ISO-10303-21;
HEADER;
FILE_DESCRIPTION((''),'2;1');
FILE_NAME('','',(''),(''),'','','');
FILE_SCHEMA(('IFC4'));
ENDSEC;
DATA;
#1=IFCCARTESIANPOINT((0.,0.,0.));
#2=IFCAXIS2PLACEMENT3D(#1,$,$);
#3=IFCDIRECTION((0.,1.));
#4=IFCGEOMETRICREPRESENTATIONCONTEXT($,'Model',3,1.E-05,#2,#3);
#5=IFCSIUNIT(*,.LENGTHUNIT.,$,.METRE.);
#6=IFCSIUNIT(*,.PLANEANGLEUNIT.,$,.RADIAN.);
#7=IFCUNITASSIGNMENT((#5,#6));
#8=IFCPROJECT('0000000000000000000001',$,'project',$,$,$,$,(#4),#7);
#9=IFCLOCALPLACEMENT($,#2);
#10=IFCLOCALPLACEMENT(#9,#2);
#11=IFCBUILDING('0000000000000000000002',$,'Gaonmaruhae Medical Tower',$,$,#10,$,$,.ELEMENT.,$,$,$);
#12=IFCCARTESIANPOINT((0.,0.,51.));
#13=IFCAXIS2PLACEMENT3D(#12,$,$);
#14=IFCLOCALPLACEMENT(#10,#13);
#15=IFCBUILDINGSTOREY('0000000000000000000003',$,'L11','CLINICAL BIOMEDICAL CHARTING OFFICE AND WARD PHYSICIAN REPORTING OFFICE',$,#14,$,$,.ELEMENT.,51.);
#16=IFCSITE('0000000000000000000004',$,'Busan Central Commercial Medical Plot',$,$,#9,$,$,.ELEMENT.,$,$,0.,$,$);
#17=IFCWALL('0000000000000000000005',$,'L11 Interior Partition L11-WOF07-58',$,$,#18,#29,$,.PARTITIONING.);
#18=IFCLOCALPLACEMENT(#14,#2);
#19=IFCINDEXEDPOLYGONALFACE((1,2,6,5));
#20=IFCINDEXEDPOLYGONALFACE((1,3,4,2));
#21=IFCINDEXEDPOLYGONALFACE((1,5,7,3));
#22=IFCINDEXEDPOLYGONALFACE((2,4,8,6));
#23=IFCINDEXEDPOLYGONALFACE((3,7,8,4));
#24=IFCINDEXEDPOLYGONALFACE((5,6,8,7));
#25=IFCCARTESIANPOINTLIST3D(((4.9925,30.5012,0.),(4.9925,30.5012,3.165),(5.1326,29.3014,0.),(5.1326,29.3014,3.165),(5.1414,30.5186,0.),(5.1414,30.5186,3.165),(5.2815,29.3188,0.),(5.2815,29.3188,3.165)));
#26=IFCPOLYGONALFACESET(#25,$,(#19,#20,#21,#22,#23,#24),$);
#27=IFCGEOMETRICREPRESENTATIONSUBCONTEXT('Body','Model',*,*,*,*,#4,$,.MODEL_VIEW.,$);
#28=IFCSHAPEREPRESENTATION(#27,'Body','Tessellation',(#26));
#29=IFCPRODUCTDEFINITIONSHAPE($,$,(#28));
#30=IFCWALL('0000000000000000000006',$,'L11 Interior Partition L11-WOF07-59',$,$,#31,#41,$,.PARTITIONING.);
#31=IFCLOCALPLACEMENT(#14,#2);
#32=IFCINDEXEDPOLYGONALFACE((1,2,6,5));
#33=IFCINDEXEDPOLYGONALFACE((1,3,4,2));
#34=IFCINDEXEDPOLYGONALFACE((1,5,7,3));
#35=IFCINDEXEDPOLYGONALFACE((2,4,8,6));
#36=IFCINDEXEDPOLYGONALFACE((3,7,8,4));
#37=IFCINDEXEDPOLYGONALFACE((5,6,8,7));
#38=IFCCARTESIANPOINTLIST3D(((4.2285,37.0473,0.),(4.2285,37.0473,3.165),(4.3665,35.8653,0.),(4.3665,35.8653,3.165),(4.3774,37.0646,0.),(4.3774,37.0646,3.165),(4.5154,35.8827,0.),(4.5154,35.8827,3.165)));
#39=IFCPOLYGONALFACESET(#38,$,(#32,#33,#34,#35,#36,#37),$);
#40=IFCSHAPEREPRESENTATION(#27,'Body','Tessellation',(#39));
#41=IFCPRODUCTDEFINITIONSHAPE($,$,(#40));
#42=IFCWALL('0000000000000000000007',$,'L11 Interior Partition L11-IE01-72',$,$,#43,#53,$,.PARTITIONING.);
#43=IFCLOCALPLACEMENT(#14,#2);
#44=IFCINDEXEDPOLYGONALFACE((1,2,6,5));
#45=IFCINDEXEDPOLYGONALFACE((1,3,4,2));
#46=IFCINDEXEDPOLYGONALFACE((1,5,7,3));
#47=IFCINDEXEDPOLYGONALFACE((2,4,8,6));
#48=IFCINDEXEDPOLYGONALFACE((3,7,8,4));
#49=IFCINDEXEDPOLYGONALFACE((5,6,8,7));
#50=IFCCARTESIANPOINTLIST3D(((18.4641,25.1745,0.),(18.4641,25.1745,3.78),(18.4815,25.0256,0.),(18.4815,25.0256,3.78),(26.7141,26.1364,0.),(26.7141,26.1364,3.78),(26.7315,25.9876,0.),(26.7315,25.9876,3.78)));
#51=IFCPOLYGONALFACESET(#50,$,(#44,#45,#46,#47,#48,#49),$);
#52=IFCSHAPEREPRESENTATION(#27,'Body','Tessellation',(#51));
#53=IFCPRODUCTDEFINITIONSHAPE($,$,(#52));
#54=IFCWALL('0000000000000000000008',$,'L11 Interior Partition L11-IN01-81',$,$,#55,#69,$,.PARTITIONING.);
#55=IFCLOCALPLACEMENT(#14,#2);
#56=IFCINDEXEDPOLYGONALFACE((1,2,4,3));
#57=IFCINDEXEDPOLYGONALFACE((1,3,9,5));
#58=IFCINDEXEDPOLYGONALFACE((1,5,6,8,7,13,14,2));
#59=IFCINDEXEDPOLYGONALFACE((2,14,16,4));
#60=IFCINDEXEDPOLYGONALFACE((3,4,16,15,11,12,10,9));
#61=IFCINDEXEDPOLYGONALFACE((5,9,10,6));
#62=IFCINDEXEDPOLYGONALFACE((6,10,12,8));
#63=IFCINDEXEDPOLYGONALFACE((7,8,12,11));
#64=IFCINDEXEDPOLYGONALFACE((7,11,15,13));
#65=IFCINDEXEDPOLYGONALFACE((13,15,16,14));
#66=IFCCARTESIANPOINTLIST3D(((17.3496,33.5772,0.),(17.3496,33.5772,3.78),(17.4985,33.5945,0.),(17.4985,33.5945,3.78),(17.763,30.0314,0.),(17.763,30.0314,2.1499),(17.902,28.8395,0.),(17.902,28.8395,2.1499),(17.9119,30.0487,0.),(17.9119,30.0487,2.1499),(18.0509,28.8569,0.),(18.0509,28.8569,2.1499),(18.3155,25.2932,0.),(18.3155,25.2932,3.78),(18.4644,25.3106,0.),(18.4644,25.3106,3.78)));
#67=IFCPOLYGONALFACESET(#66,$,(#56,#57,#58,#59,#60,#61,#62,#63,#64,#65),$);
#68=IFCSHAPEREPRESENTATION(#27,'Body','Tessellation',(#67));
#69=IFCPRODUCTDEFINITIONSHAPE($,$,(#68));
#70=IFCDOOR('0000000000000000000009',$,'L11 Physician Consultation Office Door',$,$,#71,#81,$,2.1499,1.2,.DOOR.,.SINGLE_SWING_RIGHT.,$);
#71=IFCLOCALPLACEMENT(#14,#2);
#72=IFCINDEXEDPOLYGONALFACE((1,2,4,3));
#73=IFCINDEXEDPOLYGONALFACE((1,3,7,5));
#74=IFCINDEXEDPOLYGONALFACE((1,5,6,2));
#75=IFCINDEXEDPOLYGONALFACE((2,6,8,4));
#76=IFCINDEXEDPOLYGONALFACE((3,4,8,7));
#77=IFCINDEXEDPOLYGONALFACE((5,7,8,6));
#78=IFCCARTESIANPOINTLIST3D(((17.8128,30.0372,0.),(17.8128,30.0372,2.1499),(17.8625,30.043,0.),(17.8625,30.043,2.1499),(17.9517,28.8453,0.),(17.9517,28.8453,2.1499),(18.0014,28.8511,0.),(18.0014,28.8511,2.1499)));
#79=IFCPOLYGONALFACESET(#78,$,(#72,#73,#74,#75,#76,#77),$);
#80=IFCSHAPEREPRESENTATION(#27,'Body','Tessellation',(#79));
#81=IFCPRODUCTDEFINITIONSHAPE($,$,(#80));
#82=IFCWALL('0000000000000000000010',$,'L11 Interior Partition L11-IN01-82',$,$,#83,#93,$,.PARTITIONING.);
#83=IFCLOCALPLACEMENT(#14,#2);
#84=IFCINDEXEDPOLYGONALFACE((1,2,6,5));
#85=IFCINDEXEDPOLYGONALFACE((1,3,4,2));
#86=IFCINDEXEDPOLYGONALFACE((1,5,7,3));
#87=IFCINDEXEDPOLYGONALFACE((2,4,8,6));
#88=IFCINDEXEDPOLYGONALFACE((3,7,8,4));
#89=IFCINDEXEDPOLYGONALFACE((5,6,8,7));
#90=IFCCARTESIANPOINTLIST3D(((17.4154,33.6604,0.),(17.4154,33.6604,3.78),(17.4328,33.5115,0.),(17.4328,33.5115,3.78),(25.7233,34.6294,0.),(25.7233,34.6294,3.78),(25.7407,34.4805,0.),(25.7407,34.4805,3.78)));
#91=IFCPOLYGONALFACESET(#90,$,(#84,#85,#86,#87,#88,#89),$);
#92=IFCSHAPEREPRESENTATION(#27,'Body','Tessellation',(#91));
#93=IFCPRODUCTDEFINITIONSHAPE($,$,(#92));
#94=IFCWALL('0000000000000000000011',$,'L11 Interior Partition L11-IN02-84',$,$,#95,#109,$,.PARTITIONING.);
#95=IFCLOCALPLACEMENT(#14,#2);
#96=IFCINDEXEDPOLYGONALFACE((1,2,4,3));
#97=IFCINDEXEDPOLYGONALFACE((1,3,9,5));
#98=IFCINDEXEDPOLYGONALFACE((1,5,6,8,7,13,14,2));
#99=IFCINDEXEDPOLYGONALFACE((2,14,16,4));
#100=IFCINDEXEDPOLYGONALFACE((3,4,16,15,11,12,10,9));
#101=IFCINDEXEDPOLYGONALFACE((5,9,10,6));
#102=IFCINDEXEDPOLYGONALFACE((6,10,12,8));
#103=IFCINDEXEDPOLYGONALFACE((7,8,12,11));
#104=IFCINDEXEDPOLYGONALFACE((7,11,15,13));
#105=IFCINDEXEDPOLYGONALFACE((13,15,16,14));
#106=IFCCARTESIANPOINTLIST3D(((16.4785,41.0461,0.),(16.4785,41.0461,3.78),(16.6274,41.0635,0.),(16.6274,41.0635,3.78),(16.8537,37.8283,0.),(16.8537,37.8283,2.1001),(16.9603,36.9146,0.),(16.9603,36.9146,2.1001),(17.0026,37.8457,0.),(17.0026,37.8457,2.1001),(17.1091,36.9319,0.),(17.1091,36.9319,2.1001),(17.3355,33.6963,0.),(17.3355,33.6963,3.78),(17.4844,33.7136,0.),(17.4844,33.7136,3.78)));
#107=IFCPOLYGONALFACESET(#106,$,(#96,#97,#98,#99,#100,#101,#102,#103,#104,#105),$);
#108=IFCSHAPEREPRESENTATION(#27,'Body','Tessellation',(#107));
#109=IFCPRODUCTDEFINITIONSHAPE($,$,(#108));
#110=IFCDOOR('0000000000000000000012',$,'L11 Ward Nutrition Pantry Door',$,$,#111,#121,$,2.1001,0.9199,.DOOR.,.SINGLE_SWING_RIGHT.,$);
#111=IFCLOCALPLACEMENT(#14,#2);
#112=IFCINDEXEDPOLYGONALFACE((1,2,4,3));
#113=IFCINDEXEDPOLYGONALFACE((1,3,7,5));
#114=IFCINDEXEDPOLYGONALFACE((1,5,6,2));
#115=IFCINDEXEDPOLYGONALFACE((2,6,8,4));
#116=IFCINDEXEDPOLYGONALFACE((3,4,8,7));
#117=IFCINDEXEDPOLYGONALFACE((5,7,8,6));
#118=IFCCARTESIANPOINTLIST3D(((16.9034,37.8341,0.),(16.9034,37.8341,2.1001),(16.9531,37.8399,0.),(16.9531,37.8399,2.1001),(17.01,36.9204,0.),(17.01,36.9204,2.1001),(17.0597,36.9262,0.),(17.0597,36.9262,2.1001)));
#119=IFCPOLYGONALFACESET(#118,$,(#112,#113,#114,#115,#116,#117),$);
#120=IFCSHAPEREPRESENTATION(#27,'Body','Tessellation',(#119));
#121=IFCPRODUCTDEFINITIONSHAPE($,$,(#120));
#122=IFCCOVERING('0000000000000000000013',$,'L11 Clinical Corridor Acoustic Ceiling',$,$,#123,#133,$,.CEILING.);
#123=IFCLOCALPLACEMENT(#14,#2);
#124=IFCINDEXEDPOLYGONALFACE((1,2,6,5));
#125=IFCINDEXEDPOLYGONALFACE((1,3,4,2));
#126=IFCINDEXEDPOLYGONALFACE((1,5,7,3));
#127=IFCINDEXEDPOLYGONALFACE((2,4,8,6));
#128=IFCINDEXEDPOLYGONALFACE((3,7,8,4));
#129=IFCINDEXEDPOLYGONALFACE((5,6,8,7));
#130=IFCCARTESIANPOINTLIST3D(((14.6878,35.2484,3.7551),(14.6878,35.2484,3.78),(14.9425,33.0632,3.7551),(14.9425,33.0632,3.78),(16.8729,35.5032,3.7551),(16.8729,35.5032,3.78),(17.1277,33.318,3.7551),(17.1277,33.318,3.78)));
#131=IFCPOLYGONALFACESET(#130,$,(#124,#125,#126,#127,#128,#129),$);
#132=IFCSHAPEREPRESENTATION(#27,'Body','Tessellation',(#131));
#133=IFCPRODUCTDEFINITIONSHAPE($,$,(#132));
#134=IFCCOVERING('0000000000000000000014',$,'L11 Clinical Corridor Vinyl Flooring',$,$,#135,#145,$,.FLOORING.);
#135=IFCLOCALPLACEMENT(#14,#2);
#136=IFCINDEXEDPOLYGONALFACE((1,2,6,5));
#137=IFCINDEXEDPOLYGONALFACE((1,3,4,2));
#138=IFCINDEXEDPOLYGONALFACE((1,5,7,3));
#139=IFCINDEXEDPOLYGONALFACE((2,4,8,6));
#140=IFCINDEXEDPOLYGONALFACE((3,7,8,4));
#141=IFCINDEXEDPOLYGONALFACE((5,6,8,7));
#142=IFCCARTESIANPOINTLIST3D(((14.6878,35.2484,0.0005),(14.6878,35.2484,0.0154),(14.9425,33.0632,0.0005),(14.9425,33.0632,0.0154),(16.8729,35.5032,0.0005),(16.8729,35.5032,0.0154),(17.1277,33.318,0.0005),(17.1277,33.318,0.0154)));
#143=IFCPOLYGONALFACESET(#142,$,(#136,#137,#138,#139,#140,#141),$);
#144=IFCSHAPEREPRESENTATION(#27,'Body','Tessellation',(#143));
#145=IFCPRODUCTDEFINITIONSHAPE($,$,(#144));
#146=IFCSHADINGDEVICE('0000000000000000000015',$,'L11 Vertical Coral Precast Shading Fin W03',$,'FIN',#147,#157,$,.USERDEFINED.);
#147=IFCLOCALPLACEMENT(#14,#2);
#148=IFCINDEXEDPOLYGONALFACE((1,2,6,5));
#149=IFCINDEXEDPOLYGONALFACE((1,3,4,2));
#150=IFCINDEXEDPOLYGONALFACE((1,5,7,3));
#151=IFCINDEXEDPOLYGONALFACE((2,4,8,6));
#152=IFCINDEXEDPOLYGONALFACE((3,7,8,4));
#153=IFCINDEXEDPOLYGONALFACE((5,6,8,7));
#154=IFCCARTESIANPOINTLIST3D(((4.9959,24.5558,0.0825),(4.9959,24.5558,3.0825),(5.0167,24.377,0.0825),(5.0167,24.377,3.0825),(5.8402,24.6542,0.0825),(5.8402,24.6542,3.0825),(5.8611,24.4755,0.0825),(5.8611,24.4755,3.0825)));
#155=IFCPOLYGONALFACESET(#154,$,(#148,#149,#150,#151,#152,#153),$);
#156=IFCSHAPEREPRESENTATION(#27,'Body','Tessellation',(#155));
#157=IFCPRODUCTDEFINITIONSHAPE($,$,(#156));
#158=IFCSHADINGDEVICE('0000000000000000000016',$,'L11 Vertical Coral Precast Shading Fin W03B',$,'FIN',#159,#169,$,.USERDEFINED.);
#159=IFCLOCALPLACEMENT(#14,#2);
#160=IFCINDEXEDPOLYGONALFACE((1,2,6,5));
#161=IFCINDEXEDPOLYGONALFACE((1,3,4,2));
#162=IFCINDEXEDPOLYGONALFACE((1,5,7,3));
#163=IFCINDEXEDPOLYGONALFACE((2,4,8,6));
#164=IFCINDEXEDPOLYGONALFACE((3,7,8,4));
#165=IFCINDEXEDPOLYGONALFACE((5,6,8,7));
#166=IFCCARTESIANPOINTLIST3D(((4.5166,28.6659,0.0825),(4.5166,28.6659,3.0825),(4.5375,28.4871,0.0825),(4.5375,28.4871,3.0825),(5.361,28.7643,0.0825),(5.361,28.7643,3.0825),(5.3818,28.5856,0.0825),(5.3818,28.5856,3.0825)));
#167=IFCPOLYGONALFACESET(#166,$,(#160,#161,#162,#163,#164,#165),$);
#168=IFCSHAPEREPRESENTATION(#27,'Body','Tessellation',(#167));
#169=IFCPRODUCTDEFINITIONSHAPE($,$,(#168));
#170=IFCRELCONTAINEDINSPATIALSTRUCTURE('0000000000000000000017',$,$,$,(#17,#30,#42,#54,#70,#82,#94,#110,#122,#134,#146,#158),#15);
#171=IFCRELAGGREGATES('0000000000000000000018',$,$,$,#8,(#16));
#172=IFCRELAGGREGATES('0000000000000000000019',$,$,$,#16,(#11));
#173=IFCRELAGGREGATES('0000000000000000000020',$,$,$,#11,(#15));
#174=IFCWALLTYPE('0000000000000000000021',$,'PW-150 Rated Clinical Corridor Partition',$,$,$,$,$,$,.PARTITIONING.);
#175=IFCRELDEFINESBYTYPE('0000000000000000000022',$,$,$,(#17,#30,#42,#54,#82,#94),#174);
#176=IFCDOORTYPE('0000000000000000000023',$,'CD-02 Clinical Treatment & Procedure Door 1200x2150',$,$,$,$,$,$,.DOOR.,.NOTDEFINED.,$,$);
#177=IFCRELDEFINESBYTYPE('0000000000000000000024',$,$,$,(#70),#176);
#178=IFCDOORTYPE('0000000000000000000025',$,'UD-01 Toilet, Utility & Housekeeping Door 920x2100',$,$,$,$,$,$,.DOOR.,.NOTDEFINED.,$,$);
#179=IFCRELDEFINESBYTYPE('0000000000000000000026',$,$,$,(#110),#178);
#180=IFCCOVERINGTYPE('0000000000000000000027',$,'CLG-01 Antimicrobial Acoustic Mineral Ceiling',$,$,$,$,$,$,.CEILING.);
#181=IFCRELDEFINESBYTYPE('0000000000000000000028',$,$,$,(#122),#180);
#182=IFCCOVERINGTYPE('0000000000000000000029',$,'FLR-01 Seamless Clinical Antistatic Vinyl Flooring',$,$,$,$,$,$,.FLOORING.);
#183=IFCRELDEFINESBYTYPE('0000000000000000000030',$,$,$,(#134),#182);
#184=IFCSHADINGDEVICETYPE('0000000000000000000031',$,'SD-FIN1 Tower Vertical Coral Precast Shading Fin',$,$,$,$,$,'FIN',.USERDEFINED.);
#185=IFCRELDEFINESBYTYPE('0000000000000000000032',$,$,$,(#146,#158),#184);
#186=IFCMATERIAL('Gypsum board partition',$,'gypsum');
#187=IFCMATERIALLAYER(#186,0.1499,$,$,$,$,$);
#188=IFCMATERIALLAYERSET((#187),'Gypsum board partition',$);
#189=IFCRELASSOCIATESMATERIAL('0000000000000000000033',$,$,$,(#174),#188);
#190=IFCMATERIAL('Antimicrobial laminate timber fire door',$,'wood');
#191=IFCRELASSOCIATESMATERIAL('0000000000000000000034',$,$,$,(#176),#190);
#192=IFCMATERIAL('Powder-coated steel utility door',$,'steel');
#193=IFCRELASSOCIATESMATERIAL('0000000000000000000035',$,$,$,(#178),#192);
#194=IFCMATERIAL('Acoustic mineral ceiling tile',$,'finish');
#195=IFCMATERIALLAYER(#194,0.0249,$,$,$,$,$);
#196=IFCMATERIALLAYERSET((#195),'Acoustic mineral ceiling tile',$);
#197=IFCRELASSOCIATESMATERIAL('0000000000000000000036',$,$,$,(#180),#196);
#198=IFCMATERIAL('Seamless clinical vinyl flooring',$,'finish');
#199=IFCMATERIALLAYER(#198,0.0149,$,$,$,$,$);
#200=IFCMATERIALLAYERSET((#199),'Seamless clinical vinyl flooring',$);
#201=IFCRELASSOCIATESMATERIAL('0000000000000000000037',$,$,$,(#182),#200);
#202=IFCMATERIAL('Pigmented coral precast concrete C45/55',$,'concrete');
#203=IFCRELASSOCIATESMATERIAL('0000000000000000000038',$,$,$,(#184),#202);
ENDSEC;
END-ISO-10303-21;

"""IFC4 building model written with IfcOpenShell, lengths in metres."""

from ifc_helpers import new_model, si_unit, direction, frame, frame_2d, origin, origin_2d, place, context, subcontext, project, spatial, rectangle, extrude, material, layer, layer_set, type_object, element, fill, save


model = new_model("IFC4")

# Units and contexts
model_context = context("Model", 3, precision=1e-05, world=origin(), true_north=direction((0.0, 1.0)))
body_context = subcontext(model_context, "Body", "Model", "MODEL_VIEW")
ifc_project = project(units=[si_unit("LENGTHUNIT", "METRE"), si_unit("PLANEANGLEUNIT", "RADIAN")], contexts=[model_context])

# Site, building, storey
site_placement = place(None, origin())
site = spatial("IfcSite", under=ifc_project, at=site_placement, Name="Busan Central Commercial Medical Plot", CompositionType="ELEMENT", RefElevation=0.0)
building_placement = place(site_placement, origin())
building = spatial("IfcBuilding", under=site, at=building_placement, Name="Gaonmaruhae Medical Tower", CompositionType="ELEMENT")
storey_placement = place(building_placement, frame((0.0, 0.0, 51.0)))
storey = spatial("IfcBuildingStorey", under=building, at=storey_placement, Name="L11", Description="CLINICAL BIOMEDICAL CHARTING OFFICE AND WARD PHYSICIAN REPORTING OFFICE", CompositionType="ELEMENT", Elevation=51.0)

# Shared definitions
ifc_material_1 = material(Name="Gypsum board partition", Category="gypsum")
ifc_layer_1 = layer(ifc_material_1, 0.1499)
ifc_layer_set_1 = layer_set([ifc_layer_1], Name="Gypsum board partition")
wall_type_1 = type_object("IfcWallType", Name="PW-150 Rated Clinical Corridor Partition", PredefinedType="PARTITIONING", material=ifc_layer_set_1)

# Shared definitions
ifc_material_2 = material(Name="Antimicrobial laminate timber fire door", Category="wood")
door_type_1 = type_object("IfcDoorType", Name="CD-02 Clinical Treatment & Procedure Door 1200x2150", OperationType="NOTDEFINED", PredefinedType="DOOR", material=ifc_material_2)

# Walls
wall_1_placement = place(storey_placement, frame((5.207, 29.3101, 0.0), z_axis=(0.0, 0.0, 1.0), x_axis=(-0.115997, 0.99325, 0.0)))
element("IfcWall", 1, at=wall_1_placement, inside=storey, type_object=wall_type_1, Name="L11 Interior Partition L11-WOF07-58", PredefinedType="PARTITIONING", context=body_context, shape_type="SweptSolid", body=[
    extrude(rectangle(XDim=1.208, YDim=0.1499, at=frame_2d((0.604, 0.0))), origin(), (0.0, 0.0, 1.0), 3.165),
])
wall_2_placement = place(storey_placement, frame((4.4409, 35.874, 0.0), z_axis=(0.0, 0.0, 1.0), x_axis=(-0.115925, 0.993258, 0.0)))
element("IfcWall", 2, at=wall_2_placement, inside=storey, type_object=wall_type_1, Name="L11 Interior Partition L11-WOF07-59", PredefinedType="PARTITIONING", context=body_context, shape_type="SweptSolid", body=[
    extrude(rectangle(XDim=1.1899, YDim=0.1499, at=frame_2d((0.595, 0.0))), origin(), (0.0, 0.0, 1.0), 3.165),
])
wall_3_placement = place(storey_placement, frame((18.4729, 25.1001, 0.0), z_axis=(0.0, 0.0, 1.0), x_axis=(0.993271, 0.115811, 0.0)))
element("IfcWall", 3, at=wall_3_placement, inside=storey, type_object=wall_type_1, Name="L11 Interior Partition L11-IE01-72", PredefinedType="PARTITIONING", context=body_context, shape_type="SweptSolid", body=[
    extrude(rectangle(XDim=8.3059, YDim=0.1499, at=frame_2d((4.1528, 0.0))), origin(), (0.0, 0.0, 1.0), 3.78),
])

# Wall, opening, door
wall_4_placement = place(storey_placement, frame((18.3899, 25.302, 0.0), z_axis=(0.0, 0.0, 1.0), x_axis=(-0.115805, 0.993272, 0.0)))
wall_4 = element("IfcWall", 4, at=wall_4_placement, inside=storey, type_object=wall_type_1, Name="L11 Interior Partition L11-IN01-81", PredefinedType="PARTITIONING", context=body_context, shape_type="SweptSolid", body=[
    extrude(rectangle(XDim=8.3401, YDim=0.1499, at=frame_2d((4.1699, 0.0))), origin(), (0.0, 0.0, 1.0), 3.78),
])
opening_1_placement = place(wall_4_placement, frame((3.5701, 0.0, 0.0)))
opening_1 = element("IfcOpeningElement", 5, at=opening_1_placement, cuts=wall_4, PredefinedType="OPENING", context=body_context, shape_type="SweptSolid", body=[
    extrude(rectangle(XDim=1.2, YDim=2.1499, at=frame_2d((0.6001, 1.075))), frame((0.0, 0.085, 0.0), z_axis=(0.0, -1.0, 0.0), x_axis=(1.0, 0.0, 0.0)), (0.0, 0.0, 1.0), 0.1699),
])
door_1_placement = place(opening_1_placement, origin())
door_1 = element("IfcDoor", 6, at=door_1_placement, inside=storey, type_object=door_type_1, Name="L11 Physician Consultation Office Door", OperationType="SINGLE_SWING_RIGHT", OverallHeight=2.1499, OverallWidth=1.2, PredefinedType="DOOR", context=body_context, shape_type="SweptSolid", body=[
    extrude(rectangle(XDim=1.2, YDim=2.1499, at=frame_2d((0.6001, 1.075))), frame((0.0, 0.0249, 0.0), z_axis=(0.0, -1.0, 0.0), x_axis=(1.0, 0.0, 0.0)), (0.0, 0.0, 1.0), 0.05),
])
fill(opening_1, door_1)

# Wall
wall_5_placement = place(storey_placement, frame((17.4241, 33.5859, 0.0), z_axis=(0.0, 0.0, 1.0), x_axis=(0.993267, 0.11585, 0.0)))
element("IfcWall", 7, at=wall_5_placement, inside=storey, type_object=wall_type_1, Name="L11 Interior Partition L11-IN01-82", PredefinedType="PARTITIONING", context=body_context, shape_type="SweptSolid", body=[
    extrude(rectangle(XDim=8.3643, YDim=0.1499, at=frame_2d((4.1821, 0.0))), origin(), (0.0, 0.0, 1.0), 3.78),
])

# Wall, opening, door
wall_6_placement = place(storey_placement, frame((17.4099, 33.7051, 0.0), z_axis=(0.0, 0.0, 1.0), x_axis=(-0.115807, 0.993272, 0.0)))
wall_6 = element("IfcWall", 8, at=wall_6_placement, inside=storey, type_object=wall_type_1, Name="L11 Interior Partition L11-IN02-84", PredefinedType="PARTITIONING", context=body_context, shape_type="SweptSolid", body=[
    extrude(rectangle(XDim=7.3997, YDim=0.1499, at=frame_2d((3.6997, 0.0))), origin(), (0.0, 0.0, 1.0), 3.78),
])
opening_2_placement = place(wall_6_placement, frame((3.24, 0.0, 0.0)))
opening_2 = element("IfcOpeningElement", 9, at=opening_2_placement, cuts=wall_6, PredefinedType="OPENING", context=body_context, shape_type="SweptSolid", body=[
    extrude(rectangle(XDim=0.9199, YDim=2.1001, at=frame_2d((0.46, 1.05))), frame((0.0, 0.085, 0.0), z_axis=(0.0, -1.0, 0.0), x_axis=(1.0, 0.0, 0.0)), (0.0, 0.0, 1.0), 0.1699),
])
ifc_material_3 = material(Name="Powder-coated steel utility door", Category="steel")
door_type_2 = type_object("IfcDoorType", Name="UD-01 Toilet, Utility & Housekeeping Door 920x2100", OperationType="NOTDEFINED", PredefinedType="DOOR", material=ifc_material_3)
door_2_placement = place(opening_2_placement, origin())
door_2 = element("IfcDoor", 10, at=door_2_placement, inside=storey, type_object=door_type_2, Name="L11 Ward Nutrition Pantry Door", OperationType="SINGLE_SWING_RIGHT", OverallHeight=2.1001, OverallWidth=0.9199, PredefinedType="DOOR", context=body_context, shape_type="SweptSolid", body=[
    extrude(rectangle(XDim=0.9199, YDim=2.1001, at=frame_2d((0.46, 1.05))), frame((0.0, 0.0249, 0.0), z_axis=(0.0, -1.0, 0.0), x_axis=(1.0, 0.0, 0.0)), (0.0, 0.0, 1.0), 0.05),
])
fill(opening_2, door_2)

# Coverings
ifc_material_4 = material(Name="Acoustic mineral ceiling tile", Category="finish")
ifc_layer_2 = layer(ifc_material_4, 0.0249)
ifc_layer_set_2 = layer_set([ifc_layer_2], Name="Acoustic mineral ceiling tile")
covering_type_1 = type_object("IfcCoveringType", Name="CLG-01 Antimicrobial Acoustic Mineral Ceiling", PredefinedType="CEILING", material=ifc_layer_set_2)
covering_1_placement = place(storey_placement, frame((15.9077, 34.2832, 3.7551), z_axis=(0.0, 0.0, 1.0), x_axis=(0.993272, 0.115804, 0.0)))
element("IfcCovering", 11, at=covering_1_placement, inside=storey, type_object=covering_type_1, Name="L11 Clinical Corridor Acoustic Ceiling", PredefinedType="CEILING", context=body_context, shape_type="SweptSolid", body=[
    extrude(rectangle(XDim=2.2, YDim=2.2, at=origin_2d()), origin(), (0.0, 0.0, 1.0), 0.0249),
])
ifc_material_5 = material(Name="Seamless clinical vinyl flooring", Category="finish")
ifc_layer_3 = layer(ifc_material_5, 0.0149)
ifc_layer_set_3 = layer_set([ifc_layer_3], Name="Seamless clinical vinyl flooring")
covering_type_2 = type_object("IfcCoveringType", Name="FLR-01 Seamless Clinical Antistatic Vinyl Flooring", PredefinedType="FLOORING", material=ifc_layer_set_3)
covering_2_placement = place(storey_placement, frame((15.9077, 34.2832, 0.0005), z_axis=(0.0, 0.0, 1.0), x_axis=(0.993272, 0.115804, 0.0)))
element("IfcCovering", 12, at=covering_2_placement, inside=storey, type_object=covering_type_2, Name="L11 Clinical Corridor Vinyl Flooring", PredefinedType="FLOORING", context=body_context, shape_type="SweptSolid", body=[
    extrude(rectangle(XDim=2.2, YDim=2.2, at=origin_2d()), origin(), (0.0, 0.0, 1.0), 0.0149),
])

# Shading devices
ifc_material_6 = material(Name="Pigmented coral precast concrete C45/55", Category="concrete")
shading_device_type = type_object("IfcShadingDeviceType", Name="SD-FIN1 Tower Vertical Coral Precast Shading Fin", ElementType="FIN", PredefinedType="USERDEFINED", material=ifc_material_6)
for number, where, z_axis, x_axis, name in (
    (13, (5.4285, 24.5156, 0.0825), (0.0, 0.0, 1.0), (-0.115821, 0.99327, 0.0), "L11 Vertical Coral Precast Shading Fin W03"),
    (14, (4.9492, 28.6257, 0.0825), (0.0, 0.0, 1.0), (-0.115821, 0.99327, 0.0), "L11 Vertical Coral Precast Shading Fin W03B"),
):
    element("IfcShadingDevice", number, at=place(storey_placement, frame(where, z_axis=z_axis, x_axis=x_axis)), inside=storey, type_object=shading_device_type, Name=name, ObjectType="FIN", PredefinedType="USERDEFINED", context=body_context, shape_type="SweptSolid", body=[
        extrude(rectangle(XDim=0.1799, YDim=0.8501, at=origin_2d()), origin(), (0.0, 0.0, 1.0), 3.0),
    ])

save(model, "model.ifc")
